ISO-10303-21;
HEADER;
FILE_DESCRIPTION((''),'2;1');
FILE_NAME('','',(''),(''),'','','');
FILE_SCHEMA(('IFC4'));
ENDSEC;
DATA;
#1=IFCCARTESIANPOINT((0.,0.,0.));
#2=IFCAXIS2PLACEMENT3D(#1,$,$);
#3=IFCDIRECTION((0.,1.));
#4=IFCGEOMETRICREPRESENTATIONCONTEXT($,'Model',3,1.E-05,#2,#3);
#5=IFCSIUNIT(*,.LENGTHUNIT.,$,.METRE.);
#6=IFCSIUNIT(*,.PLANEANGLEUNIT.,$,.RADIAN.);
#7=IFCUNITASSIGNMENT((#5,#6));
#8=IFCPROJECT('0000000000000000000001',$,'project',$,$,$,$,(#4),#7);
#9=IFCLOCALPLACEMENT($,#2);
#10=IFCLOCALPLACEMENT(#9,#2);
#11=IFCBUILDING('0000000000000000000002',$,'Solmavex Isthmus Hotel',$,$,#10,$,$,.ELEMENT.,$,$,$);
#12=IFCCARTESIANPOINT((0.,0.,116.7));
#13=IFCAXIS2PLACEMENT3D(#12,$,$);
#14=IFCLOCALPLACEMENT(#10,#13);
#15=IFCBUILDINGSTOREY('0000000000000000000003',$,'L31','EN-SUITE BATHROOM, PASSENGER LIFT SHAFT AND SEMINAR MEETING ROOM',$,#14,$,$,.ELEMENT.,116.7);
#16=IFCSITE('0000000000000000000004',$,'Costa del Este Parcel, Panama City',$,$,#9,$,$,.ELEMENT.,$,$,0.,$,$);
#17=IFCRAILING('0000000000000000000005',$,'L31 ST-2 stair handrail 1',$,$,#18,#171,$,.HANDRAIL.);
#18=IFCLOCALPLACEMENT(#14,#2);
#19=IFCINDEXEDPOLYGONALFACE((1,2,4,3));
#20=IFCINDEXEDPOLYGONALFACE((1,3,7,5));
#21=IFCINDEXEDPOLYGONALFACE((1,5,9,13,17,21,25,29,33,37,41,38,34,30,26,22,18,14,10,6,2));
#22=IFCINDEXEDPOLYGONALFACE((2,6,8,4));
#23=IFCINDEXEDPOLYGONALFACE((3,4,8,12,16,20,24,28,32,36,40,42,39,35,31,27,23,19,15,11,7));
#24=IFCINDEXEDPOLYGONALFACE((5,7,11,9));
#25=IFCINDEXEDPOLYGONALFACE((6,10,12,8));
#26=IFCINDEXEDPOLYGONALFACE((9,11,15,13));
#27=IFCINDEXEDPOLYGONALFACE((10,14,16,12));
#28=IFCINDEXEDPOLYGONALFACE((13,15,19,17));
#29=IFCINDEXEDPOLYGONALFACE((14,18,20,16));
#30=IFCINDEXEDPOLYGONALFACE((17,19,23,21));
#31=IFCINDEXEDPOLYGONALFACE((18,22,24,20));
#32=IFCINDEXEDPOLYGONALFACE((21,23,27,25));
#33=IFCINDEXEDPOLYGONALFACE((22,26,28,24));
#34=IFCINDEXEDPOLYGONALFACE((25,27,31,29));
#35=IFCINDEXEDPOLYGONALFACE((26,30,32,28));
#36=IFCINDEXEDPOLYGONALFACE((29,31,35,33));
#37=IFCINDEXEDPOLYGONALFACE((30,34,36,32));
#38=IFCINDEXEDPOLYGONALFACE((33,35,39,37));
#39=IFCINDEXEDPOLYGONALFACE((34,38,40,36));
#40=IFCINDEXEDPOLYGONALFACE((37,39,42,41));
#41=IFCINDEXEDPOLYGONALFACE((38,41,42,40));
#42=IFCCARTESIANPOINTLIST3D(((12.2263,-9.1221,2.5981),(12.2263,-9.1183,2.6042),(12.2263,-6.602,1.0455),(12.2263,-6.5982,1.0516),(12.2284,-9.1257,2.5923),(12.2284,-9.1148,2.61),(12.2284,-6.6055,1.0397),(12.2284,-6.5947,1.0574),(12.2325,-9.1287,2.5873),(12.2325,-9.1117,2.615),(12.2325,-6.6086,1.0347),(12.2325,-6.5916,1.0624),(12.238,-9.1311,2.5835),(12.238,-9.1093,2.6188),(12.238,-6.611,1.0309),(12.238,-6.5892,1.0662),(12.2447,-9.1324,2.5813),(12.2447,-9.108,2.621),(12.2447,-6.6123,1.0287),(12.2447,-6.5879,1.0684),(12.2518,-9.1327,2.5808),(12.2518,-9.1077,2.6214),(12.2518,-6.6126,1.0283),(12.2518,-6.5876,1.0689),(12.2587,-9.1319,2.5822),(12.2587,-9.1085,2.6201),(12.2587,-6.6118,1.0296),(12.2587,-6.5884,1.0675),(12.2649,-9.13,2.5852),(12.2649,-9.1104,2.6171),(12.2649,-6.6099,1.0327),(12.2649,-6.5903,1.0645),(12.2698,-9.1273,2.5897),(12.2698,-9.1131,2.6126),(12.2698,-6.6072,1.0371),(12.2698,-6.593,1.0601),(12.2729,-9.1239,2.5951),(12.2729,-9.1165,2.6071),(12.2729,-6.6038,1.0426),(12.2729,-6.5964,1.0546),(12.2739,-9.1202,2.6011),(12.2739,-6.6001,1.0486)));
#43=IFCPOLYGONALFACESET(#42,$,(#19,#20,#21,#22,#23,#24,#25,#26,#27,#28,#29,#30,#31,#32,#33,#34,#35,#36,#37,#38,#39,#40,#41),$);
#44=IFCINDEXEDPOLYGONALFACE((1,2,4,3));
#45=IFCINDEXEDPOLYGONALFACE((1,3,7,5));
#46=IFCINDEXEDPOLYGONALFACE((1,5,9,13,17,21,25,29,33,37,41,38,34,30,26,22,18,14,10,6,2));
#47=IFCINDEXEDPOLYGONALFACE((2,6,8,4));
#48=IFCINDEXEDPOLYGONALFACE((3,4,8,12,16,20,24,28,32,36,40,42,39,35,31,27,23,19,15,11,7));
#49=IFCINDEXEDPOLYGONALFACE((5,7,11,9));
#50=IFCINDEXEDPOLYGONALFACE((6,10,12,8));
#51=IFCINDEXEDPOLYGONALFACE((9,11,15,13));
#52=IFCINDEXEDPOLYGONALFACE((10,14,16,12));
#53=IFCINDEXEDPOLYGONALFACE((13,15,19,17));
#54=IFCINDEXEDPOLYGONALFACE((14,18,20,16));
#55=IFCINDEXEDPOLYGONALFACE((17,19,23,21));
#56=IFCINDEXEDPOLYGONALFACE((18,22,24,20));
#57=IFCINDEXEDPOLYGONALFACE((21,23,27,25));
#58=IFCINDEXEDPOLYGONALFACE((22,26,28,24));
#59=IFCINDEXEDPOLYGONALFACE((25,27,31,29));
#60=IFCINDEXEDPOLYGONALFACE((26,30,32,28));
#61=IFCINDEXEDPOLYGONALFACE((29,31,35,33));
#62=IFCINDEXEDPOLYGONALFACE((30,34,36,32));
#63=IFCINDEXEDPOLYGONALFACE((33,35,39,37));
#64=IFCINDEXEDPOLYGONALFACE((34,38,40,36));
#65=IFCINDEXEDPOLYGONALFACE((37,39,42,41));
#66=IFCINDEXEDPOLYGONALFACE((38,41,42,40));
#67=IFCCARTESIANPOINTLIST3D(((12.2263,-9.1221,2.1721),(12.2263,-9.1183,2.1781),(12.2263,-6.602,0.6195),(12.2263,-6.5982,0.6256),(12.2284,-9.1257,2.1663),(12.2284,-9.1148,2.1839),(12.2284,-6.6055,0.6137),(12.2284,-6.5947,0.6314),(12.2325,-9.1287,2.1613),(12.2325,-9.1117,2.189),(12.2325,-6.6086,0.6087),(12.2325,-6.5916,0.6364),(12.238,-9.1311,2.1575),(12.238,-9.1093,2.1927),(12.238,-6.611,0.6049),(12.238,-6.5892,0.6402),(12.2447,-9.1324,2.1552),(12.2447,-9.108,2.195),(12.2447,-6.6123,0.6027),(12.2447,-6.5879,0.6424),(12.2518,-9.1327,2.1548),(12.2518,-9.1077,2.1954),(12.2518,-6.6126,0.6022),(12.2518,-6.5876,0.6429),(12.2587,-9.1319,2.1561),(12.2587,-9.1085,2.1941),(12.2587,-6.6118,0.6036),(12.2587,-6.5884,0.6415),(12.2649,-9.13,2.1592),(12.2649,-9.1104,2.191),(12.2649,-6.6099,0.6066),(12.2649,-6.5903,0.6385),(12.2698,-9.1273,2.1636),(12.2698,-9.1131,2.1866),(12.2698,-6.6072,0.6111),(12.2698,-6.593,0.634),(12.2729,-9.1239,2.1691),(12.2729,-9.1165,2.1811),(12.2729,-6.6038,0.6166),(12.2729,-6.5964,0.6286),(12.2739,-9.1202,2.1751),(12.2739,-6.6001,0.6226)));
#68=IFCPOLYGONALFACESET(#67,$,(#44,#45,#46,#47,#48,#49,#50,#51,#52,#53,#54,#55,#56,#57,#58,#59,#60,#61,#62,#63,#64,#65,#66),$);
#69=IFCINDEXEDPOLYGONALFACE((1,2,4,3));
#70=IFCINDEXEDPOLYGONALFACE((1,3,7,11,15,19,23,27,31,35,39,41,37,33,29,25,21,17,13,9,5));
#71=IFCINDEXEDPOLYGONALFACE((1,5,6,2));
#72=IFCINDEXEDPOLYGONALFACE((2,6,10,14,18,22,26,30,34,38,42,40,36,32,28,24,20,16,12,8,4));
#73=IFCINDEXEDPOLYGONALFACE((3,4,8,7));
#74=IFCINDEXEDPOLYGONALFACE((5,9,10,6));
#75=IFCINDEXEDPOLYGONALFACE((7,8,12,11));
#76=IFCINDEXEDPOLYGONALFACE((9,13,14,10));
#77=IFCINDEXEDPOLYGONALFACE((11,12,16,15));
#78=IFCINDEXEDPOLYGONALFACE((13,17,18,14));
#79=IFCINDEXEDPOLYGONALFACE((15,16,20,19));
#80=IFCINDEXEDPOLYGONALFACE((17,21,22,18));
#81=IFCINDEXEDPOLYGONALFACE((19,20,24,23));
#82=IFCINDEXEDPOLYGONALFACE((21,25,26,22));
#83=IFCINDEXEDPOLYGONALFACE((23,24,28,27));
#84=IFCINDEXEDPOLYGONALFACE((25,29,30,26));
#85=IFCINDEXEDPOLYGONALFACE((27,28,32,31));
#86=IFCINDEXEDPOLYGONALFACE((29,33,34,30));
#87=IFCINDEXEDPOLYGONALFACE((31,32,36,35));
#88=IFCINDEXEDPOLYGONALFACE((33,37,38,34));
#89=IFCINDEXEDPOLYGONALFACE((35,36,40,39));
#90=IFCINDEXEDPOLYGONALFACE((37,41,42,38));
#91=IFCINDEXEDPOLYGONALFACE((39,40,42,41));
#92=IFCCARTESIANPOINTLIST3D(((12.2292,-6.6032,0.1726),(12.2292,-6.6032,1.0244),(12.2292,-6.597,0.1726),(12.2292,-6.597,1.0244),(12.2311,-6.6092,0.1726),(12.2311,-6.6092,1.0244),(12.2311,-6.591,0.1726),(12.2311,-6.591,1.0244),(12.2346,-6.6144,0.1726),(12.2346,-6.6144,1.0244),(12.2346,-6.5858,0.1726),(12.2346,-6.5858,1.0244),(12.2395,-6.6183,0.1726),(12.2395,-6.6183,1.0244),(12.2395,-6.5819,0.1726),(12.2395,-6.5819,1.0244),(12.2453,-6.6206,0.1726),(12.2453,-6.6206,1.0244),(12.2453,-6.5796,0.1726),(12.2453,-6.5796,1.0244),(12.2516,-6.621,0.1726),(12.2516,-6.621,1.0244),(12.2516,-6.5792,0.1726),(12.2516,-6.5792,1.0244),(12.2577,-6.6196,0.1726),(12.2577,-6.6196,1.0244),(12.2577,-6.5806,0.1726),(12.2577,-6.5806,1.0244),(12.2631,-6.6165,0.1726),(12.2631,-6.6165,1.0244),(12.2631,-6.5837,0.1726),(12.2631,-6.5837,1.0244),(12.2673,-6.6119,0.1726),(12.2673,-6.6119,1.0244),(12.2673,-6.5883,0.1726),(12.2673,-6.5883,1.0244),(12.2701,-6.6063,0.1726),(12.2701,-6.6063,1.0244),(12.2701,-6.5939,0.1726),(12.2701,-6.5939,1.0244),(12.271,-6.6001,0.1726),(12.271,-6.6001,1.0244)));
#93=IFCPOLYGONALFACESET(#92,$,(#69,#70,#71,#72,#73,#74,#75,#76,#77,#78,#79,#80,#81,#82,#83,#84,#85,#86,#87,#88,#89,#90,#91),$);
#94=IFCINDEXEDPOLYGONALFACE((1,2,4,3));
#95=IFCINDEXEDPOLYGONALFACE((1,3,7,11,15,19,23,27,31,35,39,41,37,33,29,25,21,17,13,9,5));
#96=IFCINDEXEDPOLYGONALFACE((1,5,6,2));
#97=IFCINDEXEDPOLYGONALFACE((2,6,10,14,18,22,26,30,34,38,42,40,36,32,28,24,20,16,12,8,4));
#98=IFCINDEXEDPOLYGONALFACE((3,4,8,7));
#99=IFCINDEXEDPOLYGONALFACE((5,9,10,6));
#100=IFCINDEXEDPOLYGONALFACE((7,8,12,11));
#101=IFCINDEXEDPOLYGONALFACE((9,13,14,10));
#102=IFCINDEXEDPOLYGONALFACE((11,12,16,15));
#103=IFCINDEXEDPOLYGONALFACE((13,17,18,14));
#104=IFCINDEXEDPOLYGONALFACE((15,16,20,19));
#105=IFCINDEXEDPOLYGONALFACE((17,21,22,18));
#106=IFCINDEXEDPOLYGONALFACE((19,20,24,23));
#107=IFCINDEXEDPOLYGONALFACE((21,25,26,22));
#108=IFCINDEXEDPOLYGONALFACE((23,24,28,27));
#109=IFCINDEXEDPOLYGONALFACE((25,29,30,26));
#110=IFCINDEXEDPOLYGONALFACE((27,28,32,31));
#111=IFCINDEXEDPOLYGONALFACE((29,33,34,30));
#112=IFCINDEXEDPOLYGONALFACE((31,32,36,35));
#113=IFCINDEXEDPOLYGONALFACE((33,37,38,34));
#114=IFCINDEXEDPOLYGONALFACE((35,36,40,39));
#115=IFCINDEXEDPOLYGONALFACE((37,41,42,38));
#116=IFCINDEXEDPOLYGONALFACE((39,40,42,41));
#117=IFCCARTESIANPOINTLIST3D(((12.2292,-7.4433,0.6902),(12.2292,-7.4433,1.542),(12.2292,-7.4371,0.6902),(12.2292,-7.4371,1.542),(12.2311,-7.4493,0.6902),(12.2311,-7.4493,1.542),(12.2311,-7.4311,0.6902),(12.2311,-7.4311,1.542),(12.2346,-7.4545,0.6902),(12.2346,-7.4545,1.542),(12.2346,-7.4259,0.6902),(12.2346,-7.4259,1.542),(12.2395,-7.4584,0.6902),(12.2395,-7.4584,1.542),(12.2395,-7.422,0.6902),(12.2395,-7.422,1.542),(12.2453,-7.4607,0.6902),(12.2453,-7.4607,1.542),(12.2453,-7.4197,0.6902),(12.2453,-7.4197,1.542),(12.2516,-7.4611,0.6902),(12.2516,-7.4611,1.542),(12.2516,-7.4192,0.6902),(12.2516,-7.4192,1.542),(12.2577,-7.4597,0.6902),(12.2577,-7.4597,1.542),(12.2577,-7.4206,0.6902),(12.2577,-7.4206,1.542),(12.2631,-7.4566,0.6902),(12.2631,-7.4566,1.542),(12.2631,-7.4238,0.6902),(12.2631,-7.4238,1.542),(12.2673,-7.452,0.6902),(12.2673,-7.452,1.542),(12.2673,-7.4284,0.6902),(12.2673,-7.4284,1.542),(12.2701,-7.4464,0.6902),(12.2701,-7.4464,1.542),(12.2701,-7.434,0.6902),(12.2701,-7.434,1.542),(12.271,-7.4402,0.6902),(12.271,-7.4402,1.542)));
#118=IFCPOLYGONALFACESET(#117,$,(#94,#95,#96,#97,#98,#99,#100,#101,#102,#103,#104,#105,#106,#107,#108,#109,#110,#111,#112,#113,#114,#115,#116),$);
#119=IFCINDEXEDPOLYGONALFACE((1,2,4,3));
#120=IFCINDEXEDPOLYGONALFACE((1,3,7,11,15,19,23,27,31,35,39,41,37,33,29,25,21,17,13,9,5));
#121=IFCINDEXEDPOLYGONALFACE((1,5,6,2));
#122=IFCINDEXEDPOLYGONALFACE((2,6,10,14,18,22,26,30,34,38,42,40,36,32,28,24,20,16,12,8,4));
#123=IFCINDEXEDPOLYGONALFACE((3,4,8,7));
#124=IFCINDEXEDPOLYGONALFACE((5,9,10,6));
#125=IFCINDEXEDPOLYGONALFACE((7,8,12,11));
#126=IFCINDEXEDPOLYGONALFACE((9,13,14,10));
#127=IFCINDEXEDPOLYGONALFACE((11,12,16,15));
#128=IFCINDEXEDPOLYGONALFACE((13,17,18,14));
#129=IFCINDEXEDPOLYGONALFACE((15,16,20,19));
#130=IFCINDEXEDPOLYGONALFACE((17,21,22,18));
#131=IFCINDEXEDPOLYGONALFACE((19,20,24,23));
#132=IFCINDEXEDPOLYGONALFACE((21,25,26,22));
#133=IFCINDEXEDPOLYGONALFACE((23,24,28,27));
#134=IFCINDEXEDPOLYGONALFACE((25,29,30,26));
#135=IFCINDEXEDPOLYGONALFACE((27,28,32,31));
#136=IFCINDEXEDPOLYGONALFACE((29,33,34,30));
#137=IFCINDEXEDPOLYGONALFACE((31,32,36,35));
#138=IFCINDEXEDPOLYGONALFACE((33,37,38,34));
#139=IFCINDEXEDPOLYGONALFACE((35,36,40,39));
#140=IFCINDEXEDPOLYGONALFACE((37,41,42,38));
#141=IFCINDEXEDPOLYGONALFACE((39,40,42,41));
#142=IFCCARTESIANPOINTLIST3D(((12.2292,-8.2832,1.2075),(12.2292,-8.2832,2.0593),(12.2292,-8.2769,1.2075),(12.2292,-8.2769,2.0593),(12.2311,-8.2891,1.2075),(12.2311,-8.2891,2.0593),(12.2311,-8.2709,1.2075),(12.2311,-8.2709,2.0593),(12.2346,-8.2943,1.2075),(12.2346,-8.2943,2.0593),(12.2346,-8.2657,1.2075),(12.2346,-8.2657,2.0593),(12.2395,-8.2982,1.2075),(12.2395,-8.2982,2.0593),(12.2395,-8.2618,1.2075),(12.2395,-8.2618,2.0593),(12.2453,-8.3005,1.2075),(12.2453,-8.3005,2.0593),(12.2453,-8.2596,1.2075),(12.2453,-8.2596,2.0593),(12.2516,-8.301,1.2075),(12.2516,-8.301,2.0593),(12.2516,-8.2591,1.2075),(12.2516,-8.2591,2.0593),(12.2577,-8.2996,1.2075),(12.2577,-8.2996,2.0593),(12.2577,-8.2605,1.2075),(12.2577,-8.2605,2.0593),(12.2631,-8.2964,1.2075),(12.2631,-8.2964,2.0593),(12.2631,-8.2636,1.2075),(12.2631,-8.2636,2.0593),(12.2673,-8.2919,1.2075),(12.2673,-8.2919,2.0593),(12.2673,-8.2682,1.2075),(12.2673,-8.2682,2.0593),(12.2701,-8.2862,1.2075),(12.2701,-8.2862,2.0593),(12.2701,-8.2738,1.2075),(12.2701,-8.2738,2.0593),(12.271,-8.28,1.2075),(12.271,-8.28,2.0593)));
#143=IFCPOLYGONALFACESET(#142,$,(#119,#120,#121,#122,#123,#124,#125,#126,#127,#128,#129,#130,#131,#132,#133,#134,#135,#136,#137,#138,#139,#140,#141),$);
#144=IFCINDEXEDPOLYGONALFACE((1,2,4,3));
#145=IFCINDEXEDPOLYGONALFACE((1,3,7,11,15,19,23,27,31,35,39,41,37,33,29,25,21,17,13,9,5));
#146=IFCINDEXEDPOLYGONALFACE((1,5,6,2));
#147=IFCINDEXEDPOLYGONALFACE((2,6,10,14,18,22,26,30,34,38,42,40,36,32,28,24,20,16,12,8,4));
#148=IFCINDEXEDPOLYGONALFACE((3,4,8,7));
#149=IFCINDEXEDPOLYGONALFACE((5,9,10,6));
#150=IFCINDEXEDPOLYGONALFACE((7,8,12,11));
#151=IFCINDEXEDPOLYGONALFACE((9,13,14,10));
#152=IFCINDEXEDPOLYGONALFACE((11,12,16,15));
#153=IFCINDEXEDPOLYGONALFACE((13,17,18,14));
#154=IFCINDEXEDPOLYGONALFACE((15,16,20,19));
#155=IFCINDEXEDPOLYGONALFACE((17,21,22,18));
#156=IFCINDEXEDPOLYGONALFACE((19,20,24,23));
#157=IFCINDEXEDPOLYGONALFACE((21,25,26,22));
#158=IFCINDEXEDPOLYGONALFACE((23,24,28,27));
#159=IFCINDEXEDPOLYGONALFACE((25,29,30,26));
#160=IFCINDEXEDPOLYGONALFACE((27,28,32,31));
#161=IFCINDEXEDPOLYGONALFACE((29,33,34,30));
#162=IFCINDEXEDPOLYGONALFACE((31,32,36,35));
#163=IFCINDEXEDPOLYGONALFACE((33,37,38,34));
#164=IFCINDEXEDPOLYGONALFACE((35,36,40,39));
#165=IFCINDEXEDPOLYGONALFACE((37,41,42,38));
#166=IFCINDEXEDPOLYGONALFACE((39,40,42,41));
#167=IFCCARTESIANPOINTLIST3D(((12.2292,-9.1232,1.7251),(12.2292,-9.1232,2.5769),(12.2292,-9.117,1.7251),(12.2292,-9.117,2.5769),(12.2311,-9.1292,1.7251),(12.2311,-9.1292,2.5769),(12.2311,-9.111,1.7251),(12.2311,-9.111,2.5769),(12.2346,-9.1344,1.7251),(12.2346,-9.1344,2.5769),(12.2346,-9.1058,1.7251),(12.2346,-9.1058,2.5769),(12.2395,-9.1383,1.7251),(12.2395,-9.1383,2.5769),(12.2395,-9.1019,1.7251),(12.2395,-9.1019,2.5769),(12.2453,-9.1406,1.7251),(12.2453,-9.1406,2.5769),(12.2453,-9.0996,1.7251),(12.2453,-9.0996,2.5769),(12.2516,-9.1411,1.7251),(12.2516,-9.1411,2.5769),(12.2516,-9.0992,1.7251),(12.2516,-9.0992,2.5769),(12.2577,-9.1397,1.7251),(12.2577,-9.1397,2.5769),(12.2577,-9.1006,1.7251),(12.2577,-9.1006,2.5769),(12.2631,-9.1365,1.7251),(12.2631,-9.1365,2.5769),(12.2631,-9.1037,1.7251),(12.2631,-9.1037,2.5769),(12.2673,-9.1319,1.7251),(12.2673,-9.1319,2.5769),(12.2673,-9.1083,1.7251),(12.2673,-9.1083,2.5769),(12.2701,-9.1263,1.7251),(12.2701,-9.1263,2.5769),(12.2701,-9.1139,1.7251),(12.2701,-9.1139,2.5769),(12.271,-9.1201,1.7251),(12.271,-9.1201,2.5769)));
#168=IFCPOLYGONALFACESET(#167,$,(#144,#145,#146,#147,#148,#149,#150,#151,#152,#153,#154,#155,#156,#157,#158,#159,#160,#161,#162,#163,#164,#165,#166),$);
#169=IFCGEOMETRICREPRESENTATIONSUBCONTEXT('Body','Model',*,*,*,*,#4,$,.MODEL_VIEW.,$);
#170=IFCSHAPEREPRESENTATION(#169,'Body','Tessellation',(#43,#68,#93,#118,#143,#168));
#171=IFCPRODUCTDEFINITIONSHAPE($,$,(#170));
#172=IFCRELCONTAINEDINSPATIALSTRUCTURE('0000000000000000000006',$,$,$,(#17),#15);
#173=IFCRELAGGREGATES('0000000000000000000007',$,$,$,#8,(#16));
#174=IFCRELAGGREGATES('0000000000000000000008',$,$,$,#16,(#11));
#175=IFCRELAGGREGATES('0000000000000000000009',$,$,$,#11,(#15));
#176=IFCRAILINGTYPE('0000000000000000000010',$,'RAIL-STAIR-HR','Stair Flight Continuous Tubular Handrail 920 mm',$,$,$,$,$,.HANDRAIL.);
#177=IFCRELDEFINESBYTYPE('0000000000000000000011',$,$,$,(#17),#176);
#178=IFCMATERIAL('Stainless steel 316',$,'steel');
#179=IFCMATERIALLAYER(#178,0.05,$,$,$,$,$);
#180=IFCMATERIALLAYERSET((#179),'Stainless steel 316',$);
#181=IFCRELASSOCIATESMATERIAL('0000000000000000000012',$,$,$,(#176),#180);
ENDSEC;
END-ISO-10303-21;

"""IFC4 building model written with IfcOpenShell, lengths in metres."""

from ifc_helpers import new_model, si_unit, direction, frame, origin, origin_2d, place, context, subcontext, project, spatial, circle, extrude, material, layer, layer_set, type_object, element, save


model = new_model("IFC4")

# Units and contexts
model_context = context("Model", 3, precision=1e-05, world=origin(), true_north=direction((0.0, 1.0)))
body_context = subcontext(model_context, "Body", "Model", "MODEL_VIEW")
ifc_project = project(units=[si_unit("LENGTHUNIT", "METRE"), si_unit("PLANEANGLEUNIT", "RADIAN")], contexts=[model_context])

# Site, building, storey
site_placement = place(None, origin())
site = spatial("IfcSite", under=ifc_project, at=site_placement, Name="Costa del Este Parcel, Panama City", CompositionType="ELEMENT", RefElevation=0.0)
building_placement = place(site_placement, origin())
building = spatial("IfcBuilding", under=site, at=building_placement, Name="Solmavex Isthmus Hotel", CompositionType="ELEMENT")
storey_placement = place(building_placement, frame((0.0, 0.0, 116.7)))
storey = spatial("IfcBuildingStorey", under=building, at=storey_placement, Name="L31", Description="EN-SUITE BATHROOM, PASSENGER LIFT SHAFT AND SEMINAR MEETING ROOM", CompositionType="ELEMENT", Elevation=116.7)

# Shared definitions
ifc_material_1 = material(Name="Stainless steel 316", Category="steel")

# Railing
ifc_layer_1 = layer(ifc_material_1, 0.05)
ifc_layer_set_1 = layer_set([ifc_layer_1], Name="Stainless steel 316")
railing_type = type_object("IfcRailingType", Name="RAIL-STAIR-HR", Description="Stair Flight Continuous Tubular Handrail 920 mm", PredefinedType="HANDRAIL", material=ifc_layer_set_1)
railing_placement = place(storey_placement, frame((12.25, -6.6001, 0.1726)))
element("IfcRailing", 1, at=railing_placement, inside=storey, type_object=railing_type, Name="L31 ST-2 stair handrail 1", PredefinedType="HANDRAIL", context=body_context, shape_type="SweptSolid", body=[
    extrude(circle(Radius=0.0239, at=origin_2d()), frame((0.0, 0.0, 0.876), z_axis=(0.0, -0.8514, 0.524516), x_axis=(1.0, 0.0, 0.0)), (0.0, 0.0, 1.0), 2.96),
    extrude(circle(Radius=0.0239, at=origin_2d()), frame((0.0, 0.0, 0.45), z_axis=(0.0, -0.8514, 0.524516), x_axis=(1.0, 0.0, 0.0)), (0.0, 0.0, 1.0), 2.96),
    extrude(circle(Radius=0.021, at=origin_2d()), origin(), (0.0, 0.0, 1.0), 0.8518),
    extrude(circle(Radius=0.021, at=origin_2d()), frame((0.0, -0.8401, 0.5176)), (0.0, 0.0, 1.0), 0.8518),
    extrude(circle(Radius=0.021, at=origin_2d()), frame((0.0, -1.6799, 1.0349)), (0.0, 0.0, 1.0), 0.8518),
    extrude(circle(Radius=0.021, at=origin_2d()), frame((0.0, -2.52, 1.5525)), (0.0, 0.0, 1.0), 0.8518),
])

save(model, "model.ifc")
